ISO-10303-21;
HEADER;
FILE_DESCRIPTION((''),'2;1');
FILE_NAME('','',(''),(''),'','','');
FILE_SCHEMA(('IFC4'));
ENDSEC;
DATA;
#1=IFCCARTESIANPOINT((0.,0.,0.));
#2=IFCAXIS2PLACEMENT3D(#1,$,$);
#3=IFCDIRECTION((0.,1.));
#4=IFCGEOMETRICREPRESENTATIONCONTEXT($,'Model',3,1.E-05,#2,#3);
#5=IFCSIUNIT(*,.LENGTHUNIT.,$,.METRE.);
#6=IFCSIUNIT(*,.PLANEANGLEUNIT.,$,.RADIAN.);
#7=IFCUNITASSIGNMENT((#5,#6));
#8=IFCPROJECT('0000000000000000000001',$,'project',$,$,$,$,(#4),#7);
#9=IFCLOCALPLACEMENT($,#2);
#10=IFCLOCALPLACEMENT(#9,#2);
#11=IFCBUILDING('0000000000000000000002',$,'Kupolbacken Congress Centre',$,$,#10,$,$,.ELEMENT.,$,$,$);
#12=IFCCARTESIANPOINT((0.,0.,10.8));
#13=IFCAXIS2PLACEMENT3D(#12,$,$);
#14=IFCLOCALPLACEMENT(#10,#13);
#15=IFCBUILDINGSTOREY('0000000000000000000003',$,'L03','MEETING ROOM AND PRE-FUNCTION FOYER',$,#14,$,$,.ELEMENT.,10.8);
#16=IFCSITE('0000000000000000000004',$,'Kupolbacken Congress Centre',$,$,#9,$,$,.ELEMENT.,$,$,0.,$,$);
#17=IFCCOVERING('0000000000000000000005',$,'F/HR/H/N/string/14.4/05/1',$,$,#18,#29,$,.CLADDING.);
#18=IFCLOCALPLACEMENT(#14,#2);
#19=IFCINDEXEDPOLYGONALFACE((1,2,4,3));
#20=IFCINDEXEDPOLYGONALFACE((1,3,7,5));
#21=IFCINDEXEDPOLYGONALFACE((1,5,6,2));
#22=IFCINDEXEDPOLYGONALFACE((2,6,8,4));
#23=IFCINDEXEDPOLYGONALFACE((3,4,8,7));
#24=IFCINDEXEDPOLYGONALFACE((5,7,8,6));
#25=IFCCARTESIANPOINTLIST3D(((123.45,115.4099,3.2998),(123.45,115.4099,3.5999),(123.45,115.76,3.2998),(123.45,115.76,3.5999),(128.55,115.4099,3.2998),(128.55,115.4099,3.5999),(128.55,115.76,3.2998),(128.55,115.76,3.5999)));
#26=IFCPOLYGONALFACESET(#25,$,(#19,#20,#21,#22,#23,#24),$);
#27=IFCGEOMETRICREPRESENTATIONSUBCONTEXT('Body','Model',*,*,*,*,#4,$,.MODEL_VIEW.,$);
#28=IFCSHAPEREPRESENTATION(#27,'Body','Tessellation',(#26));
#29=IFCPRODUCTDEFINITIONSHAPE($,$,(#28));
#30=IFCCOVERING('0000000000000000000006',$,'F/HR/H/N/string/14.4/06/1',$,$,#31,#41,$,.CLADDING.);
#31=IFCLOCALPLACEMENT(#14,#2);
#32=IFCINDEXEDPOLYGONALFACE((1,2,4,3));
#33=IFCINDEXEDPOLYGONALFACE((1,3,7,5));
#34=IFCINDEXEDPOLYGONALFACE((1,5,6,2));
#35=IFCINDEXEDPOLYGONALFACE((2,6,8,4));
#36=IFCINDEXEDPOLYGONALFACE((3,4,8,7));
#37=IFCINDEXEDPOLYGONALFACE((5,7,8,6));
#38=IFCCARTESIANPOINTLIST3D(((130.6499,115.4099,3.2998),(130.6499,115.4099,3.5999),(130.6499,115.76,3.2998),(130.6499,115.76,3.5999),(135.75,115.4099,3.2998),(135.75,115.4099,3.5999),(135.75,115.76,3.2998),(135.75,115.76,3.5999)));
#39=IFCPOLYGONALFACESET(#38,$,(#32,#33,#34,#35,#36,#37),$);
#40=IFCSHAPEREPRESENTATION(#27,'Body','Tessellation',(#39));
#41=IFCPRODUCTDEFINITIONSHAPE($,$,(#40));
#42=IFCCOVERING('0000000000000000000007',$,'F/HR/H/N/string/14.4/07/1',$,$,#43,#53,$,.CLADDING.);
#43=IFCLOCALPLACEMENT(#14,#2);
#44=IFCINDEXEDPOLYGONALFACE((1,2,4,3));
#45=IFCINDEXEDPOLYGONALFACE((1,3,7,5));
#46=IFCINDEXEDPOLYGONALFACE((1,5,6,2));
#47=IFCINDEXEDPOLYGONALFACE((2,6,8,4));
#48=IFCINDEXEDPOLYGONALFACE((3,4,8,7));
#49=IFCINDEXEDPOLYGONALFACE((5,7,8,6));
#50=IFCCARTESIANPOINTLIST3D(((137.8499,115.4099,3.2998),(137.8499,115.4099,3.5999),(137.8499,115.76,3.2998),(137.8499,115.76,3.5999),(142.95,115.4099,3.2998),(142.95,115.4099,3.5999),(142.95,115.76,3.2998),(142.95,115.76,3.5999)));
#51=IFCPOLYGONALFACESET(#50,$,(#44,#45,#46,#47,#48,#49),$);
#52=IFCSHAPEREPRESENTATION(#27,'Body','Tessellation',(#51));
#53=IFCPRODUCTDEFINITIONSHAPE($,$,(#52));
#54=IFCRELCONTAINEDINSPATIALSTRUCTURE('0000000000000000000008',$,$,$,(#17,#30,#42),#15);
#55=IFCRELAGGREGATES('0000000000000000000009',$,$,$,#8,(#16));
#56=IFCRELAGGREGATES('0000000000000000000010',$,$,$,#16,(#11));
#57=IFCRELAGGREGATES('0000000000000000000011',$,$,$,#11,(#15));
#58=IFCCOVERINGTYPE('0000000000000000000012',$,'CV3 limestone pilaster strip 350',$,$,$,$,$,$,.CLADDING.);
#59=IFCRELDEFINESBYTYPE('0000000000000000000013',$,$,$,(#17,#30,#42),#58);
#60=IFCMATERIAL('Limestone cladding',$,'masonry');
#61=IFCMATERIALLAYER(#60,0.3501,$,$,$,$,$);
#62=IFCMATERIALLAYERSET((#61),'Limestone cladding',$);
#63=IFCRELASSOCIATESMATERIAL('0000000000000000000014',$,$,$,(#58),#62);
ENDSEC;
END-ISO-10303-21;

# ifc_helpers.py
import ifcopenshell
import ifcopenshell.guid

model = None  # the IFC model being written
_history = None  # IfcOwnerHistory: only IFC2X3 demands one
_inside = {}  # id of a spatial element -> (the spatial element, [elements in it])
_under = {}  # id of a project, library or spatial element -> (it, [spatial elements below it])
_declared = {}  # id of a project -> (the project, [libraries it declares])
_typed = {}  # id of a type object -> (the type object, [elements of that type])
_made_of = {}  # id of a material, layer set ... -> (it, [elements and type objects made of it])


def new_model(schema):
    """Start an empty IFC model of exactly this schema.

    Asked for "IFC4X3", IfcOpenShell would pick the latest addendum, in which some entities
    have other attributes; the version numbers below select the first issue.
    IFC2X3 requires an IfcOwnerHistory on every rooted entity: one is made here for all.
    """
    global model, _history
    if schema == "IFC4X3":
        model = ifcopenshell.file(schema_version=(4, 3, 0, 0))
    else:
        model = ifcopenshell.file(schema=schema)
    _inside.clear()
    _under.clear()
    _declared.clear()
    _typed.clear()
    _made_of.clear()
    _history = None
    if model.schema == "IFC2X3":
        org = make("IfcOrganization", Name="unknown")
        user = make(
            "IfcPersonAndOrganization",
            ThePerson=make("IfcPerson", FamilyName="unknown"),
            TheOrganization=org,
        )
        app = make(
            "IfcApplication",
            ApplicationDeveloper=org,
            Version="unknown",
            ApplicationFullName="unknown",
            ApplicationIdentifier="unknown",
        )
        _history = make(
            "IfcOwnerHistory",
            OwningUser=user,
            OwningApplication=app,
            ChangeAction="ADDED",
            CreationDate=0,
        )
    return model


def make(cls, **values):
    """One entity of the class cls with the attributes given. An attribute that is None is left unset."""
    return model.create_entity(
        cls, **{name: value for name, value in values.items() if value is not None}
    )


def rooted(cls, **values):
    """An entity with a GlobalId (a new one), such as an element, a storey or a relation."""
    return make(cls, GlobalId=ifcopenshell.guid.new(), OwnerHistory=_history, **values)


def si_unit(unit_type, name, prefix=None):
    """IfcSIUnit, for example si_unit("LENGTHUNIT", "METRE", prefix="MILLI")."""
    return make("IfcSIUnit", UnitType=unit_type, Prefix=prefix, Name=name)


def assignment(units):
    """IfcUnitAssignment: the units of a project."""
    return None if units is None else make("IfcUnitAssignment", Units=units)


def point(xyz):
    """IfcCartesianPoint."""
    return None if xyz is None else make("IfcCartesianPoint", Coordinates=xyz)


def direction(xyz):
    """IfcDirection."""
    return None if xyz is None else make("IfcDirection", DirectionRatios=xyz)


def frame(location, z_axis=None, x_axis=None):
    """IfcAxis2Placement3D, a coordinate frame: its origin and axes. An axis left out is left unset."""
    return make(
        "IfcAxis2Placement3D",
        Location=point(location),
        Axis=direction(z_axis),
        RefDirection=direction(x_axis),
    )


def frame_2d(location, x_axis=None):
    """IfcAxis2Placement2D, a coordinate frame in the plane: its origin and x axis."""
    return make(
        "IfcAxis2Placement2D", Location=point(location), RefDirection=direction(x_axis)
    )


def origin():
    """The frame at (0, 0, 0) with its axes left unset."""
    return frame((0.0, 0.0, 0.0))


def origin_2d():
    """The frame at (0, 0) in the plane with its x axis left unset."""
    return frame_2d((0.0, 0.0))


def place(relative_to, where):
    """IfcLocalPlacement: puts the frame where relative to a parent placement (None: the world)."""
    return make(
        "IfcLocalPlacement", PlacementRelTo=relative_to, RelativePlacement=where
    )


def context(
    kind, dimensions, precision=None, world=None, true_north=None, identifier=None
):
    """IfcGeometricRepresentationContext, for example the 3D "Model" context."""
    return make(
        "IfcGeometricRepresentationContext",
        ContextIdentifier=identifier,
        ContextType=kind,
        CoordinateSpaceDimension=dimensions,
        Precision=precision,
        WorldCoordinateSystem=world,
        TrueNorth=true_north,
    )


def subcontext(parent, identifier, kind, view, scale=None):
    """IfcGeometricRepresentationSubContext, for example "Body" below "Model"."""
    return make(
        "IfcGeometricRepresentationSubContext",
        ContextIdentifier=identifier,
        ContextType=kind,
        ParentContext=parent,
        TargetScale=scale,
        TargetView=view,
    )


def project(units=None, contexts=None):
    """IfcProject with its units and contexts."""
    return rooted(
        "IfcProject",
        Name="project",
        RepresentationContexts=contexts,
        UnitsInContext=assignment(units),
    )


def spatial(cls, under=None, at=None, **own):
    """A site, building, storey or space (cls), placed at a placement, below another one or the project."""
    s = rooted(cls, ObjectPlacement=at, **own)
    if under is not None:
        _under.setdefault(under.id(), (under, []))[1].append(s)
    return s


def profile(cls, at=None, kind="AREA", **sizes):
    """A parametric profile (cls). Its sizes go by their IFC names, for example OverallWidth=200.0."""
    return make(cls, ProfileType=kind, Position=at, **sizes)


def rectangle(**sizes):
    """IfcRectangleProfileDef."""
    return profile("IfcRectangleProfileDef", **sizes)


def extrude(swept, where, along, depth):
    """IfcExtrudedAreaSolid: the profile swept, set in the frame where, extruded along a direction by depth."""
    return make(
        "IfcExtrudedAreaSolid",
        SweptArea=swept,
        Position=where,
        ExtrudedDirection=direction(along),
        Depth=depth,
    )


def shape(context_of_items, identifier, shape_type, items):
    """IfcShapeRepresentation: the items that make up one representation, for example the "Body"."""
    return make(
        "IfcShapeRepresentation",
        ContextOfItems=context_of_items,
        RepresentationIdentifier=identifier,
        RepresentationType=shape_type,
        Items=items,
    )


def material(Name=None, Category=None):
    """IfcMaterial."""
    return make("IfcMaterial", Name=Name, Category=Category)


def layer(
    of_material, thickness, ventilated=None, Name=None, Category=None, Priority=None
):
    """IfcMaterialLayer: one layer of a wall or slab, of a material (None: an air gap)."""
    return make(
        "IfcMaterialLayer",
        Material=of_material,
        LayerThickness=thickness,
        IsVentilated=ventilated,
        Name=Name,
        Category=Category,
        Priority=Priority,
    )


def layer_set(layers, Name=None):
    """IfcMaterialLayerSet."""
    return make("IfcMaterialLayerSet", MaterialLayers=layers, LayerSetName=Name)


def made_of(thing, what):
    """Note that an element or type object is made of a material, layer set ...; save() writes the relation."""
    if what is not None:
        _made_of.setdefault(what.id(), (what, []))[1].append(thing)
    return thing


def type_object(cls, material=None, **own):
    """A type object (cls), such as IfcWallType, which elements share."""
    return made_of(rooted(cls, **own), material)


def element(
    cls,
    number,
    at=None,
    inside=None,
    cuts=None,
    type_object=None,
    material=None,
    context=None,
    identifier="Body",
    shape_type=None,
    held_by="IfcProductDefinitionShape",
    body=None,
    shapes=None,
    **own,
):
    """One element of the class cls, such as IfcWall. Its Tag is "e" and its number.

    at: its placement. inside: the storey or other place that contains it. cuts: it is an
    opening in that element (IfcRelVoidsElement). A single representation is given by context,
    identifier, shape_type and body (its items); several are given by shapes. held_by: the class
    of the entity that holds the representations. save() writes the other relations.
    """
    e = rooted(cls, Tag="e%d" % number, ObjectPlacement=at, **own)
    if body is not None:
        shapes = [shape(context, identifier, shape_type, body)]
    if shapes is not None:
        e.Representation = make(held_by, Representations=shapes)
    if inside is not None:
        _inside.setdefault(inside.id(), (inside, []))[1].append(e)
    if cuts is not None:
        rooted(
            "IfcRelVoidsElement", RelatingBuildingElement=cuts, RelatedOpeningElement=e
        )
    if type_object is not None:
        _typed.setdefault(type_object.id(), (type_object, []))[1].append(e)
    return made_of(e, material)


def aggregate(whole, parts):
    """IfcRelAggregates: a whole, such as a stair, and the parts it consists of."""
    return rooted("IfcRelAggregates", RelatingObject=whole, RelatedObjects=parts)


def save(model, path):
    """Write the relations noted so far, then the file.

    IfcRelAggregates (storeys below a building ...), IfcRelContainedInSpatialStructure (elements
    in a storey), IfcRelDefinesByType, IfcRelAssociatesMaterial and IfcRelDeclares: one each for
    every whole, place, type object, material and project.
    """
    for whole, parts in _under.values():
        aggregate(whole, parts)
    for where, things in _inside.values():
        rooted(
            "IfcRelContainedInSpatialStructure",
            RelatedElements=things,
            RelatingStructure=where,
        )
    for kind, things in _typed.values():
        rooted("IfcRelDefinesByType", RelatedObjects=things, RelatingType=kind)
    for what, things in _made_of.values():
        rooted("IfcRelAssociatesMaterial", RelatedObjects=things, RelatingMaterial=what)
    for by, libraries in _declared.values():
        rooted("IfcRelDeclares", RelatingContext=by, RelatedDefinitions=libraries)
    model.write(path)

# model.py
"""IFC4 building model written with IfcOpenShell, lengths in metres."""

from ifc_helpers import new_model, si_unit, direction, frame, origin, origin_2d, place, context, subcontext, project, spatial, rectangle, extrude, material, layer, layer_set, type_object, element, save


model = new_model("IFC4")

# Units and contexts
model_context = context("Model", 3, precision=1e-05, world=origin(), true_north=direction((0.0, 1.0)))
body_context = subcontext(model_context, "Body", "Model", "MODEL_VIEW")
ifc_project = project(units=[si_unit("LENGTHUNIT", "METRE"), si_unit("PLANEANGLEUNIT", "RADIAN")], contexts=[model_context])

# Site, building, storey
site_placement = place(None, origin())
site = spatial("IfcSite", under=ifc_project, at=site_placement, Name="Kupolbacken Congress Centre", CompositionType="ELEMENT", RefElevation=0.0)
building_placement = place(site_placement, origin())
building = spatial("IfcBuilding", under=site, at=building_placement, Name="Kupolbacken Congress Centre", CompositionType="ELEMENT")
storey_placement = place(building_placement, frame((0.0, 0.0, 10.8)))
storey = spatial("IfcBuildingStorey", under=building, at=storey_placement, Name="L03", Description="MEETING ROOM AND PRE-FUNCTION FOYER", CompositionType="ELEMENT", Elevation=10.8)

# Coverings
ifc_material_1 = material(Name="Limestone cladding", Category="masonry")
ifc_layer_1 = layer(ifc_material_1, 0.3501)
ifc_layer_set_1 = layer_set([ifc_layer_1], Name="Limestone cladding")
covering_type_1 = type_object("IfcCoveringType", Name="CV3 limestone pilaster strip 350", PredefinedType="CLADDING", material=ifc_layer_set_1)
for number, where, z_axis, x_axis, name in (
    (1, (126.0, 115.585, 3.2998), (0.0, 0.0, 1.0), (1.0, 0.0, 0.0), "F/HR/H/N/string/14.4/05/1"),
    (2, (133.2, 115.585, 3.2998), (0.0, 0.0, 1.0), (1.0, 0.0, 0.0), "F/HR/H/N/string/14.4/06/1"),
    (3, (140.3999, 115.585, 3.2998), (0.0, 0.0, 1.0), (1.0, 0.0, 0.0), "F/HR/H/N/string/14.4/07/1"),
):
    element("IfcCovering", number, at=place(storey_placement, frame(where, z_axis=z_axis, x_axis=x_axis)), inside=storey, type_object=covering_type_1, Name=name, PredefinedType="CLADDING", context=body_context, shape_type="SweptSolid", body=[
        extrude(rectangle(XDim=5.1001, YDim=0.3501, at=origin_2d()), origin(), (0.0, 0.0, 1.0), 0.3),
    ])

save(model, "model.ifc")
